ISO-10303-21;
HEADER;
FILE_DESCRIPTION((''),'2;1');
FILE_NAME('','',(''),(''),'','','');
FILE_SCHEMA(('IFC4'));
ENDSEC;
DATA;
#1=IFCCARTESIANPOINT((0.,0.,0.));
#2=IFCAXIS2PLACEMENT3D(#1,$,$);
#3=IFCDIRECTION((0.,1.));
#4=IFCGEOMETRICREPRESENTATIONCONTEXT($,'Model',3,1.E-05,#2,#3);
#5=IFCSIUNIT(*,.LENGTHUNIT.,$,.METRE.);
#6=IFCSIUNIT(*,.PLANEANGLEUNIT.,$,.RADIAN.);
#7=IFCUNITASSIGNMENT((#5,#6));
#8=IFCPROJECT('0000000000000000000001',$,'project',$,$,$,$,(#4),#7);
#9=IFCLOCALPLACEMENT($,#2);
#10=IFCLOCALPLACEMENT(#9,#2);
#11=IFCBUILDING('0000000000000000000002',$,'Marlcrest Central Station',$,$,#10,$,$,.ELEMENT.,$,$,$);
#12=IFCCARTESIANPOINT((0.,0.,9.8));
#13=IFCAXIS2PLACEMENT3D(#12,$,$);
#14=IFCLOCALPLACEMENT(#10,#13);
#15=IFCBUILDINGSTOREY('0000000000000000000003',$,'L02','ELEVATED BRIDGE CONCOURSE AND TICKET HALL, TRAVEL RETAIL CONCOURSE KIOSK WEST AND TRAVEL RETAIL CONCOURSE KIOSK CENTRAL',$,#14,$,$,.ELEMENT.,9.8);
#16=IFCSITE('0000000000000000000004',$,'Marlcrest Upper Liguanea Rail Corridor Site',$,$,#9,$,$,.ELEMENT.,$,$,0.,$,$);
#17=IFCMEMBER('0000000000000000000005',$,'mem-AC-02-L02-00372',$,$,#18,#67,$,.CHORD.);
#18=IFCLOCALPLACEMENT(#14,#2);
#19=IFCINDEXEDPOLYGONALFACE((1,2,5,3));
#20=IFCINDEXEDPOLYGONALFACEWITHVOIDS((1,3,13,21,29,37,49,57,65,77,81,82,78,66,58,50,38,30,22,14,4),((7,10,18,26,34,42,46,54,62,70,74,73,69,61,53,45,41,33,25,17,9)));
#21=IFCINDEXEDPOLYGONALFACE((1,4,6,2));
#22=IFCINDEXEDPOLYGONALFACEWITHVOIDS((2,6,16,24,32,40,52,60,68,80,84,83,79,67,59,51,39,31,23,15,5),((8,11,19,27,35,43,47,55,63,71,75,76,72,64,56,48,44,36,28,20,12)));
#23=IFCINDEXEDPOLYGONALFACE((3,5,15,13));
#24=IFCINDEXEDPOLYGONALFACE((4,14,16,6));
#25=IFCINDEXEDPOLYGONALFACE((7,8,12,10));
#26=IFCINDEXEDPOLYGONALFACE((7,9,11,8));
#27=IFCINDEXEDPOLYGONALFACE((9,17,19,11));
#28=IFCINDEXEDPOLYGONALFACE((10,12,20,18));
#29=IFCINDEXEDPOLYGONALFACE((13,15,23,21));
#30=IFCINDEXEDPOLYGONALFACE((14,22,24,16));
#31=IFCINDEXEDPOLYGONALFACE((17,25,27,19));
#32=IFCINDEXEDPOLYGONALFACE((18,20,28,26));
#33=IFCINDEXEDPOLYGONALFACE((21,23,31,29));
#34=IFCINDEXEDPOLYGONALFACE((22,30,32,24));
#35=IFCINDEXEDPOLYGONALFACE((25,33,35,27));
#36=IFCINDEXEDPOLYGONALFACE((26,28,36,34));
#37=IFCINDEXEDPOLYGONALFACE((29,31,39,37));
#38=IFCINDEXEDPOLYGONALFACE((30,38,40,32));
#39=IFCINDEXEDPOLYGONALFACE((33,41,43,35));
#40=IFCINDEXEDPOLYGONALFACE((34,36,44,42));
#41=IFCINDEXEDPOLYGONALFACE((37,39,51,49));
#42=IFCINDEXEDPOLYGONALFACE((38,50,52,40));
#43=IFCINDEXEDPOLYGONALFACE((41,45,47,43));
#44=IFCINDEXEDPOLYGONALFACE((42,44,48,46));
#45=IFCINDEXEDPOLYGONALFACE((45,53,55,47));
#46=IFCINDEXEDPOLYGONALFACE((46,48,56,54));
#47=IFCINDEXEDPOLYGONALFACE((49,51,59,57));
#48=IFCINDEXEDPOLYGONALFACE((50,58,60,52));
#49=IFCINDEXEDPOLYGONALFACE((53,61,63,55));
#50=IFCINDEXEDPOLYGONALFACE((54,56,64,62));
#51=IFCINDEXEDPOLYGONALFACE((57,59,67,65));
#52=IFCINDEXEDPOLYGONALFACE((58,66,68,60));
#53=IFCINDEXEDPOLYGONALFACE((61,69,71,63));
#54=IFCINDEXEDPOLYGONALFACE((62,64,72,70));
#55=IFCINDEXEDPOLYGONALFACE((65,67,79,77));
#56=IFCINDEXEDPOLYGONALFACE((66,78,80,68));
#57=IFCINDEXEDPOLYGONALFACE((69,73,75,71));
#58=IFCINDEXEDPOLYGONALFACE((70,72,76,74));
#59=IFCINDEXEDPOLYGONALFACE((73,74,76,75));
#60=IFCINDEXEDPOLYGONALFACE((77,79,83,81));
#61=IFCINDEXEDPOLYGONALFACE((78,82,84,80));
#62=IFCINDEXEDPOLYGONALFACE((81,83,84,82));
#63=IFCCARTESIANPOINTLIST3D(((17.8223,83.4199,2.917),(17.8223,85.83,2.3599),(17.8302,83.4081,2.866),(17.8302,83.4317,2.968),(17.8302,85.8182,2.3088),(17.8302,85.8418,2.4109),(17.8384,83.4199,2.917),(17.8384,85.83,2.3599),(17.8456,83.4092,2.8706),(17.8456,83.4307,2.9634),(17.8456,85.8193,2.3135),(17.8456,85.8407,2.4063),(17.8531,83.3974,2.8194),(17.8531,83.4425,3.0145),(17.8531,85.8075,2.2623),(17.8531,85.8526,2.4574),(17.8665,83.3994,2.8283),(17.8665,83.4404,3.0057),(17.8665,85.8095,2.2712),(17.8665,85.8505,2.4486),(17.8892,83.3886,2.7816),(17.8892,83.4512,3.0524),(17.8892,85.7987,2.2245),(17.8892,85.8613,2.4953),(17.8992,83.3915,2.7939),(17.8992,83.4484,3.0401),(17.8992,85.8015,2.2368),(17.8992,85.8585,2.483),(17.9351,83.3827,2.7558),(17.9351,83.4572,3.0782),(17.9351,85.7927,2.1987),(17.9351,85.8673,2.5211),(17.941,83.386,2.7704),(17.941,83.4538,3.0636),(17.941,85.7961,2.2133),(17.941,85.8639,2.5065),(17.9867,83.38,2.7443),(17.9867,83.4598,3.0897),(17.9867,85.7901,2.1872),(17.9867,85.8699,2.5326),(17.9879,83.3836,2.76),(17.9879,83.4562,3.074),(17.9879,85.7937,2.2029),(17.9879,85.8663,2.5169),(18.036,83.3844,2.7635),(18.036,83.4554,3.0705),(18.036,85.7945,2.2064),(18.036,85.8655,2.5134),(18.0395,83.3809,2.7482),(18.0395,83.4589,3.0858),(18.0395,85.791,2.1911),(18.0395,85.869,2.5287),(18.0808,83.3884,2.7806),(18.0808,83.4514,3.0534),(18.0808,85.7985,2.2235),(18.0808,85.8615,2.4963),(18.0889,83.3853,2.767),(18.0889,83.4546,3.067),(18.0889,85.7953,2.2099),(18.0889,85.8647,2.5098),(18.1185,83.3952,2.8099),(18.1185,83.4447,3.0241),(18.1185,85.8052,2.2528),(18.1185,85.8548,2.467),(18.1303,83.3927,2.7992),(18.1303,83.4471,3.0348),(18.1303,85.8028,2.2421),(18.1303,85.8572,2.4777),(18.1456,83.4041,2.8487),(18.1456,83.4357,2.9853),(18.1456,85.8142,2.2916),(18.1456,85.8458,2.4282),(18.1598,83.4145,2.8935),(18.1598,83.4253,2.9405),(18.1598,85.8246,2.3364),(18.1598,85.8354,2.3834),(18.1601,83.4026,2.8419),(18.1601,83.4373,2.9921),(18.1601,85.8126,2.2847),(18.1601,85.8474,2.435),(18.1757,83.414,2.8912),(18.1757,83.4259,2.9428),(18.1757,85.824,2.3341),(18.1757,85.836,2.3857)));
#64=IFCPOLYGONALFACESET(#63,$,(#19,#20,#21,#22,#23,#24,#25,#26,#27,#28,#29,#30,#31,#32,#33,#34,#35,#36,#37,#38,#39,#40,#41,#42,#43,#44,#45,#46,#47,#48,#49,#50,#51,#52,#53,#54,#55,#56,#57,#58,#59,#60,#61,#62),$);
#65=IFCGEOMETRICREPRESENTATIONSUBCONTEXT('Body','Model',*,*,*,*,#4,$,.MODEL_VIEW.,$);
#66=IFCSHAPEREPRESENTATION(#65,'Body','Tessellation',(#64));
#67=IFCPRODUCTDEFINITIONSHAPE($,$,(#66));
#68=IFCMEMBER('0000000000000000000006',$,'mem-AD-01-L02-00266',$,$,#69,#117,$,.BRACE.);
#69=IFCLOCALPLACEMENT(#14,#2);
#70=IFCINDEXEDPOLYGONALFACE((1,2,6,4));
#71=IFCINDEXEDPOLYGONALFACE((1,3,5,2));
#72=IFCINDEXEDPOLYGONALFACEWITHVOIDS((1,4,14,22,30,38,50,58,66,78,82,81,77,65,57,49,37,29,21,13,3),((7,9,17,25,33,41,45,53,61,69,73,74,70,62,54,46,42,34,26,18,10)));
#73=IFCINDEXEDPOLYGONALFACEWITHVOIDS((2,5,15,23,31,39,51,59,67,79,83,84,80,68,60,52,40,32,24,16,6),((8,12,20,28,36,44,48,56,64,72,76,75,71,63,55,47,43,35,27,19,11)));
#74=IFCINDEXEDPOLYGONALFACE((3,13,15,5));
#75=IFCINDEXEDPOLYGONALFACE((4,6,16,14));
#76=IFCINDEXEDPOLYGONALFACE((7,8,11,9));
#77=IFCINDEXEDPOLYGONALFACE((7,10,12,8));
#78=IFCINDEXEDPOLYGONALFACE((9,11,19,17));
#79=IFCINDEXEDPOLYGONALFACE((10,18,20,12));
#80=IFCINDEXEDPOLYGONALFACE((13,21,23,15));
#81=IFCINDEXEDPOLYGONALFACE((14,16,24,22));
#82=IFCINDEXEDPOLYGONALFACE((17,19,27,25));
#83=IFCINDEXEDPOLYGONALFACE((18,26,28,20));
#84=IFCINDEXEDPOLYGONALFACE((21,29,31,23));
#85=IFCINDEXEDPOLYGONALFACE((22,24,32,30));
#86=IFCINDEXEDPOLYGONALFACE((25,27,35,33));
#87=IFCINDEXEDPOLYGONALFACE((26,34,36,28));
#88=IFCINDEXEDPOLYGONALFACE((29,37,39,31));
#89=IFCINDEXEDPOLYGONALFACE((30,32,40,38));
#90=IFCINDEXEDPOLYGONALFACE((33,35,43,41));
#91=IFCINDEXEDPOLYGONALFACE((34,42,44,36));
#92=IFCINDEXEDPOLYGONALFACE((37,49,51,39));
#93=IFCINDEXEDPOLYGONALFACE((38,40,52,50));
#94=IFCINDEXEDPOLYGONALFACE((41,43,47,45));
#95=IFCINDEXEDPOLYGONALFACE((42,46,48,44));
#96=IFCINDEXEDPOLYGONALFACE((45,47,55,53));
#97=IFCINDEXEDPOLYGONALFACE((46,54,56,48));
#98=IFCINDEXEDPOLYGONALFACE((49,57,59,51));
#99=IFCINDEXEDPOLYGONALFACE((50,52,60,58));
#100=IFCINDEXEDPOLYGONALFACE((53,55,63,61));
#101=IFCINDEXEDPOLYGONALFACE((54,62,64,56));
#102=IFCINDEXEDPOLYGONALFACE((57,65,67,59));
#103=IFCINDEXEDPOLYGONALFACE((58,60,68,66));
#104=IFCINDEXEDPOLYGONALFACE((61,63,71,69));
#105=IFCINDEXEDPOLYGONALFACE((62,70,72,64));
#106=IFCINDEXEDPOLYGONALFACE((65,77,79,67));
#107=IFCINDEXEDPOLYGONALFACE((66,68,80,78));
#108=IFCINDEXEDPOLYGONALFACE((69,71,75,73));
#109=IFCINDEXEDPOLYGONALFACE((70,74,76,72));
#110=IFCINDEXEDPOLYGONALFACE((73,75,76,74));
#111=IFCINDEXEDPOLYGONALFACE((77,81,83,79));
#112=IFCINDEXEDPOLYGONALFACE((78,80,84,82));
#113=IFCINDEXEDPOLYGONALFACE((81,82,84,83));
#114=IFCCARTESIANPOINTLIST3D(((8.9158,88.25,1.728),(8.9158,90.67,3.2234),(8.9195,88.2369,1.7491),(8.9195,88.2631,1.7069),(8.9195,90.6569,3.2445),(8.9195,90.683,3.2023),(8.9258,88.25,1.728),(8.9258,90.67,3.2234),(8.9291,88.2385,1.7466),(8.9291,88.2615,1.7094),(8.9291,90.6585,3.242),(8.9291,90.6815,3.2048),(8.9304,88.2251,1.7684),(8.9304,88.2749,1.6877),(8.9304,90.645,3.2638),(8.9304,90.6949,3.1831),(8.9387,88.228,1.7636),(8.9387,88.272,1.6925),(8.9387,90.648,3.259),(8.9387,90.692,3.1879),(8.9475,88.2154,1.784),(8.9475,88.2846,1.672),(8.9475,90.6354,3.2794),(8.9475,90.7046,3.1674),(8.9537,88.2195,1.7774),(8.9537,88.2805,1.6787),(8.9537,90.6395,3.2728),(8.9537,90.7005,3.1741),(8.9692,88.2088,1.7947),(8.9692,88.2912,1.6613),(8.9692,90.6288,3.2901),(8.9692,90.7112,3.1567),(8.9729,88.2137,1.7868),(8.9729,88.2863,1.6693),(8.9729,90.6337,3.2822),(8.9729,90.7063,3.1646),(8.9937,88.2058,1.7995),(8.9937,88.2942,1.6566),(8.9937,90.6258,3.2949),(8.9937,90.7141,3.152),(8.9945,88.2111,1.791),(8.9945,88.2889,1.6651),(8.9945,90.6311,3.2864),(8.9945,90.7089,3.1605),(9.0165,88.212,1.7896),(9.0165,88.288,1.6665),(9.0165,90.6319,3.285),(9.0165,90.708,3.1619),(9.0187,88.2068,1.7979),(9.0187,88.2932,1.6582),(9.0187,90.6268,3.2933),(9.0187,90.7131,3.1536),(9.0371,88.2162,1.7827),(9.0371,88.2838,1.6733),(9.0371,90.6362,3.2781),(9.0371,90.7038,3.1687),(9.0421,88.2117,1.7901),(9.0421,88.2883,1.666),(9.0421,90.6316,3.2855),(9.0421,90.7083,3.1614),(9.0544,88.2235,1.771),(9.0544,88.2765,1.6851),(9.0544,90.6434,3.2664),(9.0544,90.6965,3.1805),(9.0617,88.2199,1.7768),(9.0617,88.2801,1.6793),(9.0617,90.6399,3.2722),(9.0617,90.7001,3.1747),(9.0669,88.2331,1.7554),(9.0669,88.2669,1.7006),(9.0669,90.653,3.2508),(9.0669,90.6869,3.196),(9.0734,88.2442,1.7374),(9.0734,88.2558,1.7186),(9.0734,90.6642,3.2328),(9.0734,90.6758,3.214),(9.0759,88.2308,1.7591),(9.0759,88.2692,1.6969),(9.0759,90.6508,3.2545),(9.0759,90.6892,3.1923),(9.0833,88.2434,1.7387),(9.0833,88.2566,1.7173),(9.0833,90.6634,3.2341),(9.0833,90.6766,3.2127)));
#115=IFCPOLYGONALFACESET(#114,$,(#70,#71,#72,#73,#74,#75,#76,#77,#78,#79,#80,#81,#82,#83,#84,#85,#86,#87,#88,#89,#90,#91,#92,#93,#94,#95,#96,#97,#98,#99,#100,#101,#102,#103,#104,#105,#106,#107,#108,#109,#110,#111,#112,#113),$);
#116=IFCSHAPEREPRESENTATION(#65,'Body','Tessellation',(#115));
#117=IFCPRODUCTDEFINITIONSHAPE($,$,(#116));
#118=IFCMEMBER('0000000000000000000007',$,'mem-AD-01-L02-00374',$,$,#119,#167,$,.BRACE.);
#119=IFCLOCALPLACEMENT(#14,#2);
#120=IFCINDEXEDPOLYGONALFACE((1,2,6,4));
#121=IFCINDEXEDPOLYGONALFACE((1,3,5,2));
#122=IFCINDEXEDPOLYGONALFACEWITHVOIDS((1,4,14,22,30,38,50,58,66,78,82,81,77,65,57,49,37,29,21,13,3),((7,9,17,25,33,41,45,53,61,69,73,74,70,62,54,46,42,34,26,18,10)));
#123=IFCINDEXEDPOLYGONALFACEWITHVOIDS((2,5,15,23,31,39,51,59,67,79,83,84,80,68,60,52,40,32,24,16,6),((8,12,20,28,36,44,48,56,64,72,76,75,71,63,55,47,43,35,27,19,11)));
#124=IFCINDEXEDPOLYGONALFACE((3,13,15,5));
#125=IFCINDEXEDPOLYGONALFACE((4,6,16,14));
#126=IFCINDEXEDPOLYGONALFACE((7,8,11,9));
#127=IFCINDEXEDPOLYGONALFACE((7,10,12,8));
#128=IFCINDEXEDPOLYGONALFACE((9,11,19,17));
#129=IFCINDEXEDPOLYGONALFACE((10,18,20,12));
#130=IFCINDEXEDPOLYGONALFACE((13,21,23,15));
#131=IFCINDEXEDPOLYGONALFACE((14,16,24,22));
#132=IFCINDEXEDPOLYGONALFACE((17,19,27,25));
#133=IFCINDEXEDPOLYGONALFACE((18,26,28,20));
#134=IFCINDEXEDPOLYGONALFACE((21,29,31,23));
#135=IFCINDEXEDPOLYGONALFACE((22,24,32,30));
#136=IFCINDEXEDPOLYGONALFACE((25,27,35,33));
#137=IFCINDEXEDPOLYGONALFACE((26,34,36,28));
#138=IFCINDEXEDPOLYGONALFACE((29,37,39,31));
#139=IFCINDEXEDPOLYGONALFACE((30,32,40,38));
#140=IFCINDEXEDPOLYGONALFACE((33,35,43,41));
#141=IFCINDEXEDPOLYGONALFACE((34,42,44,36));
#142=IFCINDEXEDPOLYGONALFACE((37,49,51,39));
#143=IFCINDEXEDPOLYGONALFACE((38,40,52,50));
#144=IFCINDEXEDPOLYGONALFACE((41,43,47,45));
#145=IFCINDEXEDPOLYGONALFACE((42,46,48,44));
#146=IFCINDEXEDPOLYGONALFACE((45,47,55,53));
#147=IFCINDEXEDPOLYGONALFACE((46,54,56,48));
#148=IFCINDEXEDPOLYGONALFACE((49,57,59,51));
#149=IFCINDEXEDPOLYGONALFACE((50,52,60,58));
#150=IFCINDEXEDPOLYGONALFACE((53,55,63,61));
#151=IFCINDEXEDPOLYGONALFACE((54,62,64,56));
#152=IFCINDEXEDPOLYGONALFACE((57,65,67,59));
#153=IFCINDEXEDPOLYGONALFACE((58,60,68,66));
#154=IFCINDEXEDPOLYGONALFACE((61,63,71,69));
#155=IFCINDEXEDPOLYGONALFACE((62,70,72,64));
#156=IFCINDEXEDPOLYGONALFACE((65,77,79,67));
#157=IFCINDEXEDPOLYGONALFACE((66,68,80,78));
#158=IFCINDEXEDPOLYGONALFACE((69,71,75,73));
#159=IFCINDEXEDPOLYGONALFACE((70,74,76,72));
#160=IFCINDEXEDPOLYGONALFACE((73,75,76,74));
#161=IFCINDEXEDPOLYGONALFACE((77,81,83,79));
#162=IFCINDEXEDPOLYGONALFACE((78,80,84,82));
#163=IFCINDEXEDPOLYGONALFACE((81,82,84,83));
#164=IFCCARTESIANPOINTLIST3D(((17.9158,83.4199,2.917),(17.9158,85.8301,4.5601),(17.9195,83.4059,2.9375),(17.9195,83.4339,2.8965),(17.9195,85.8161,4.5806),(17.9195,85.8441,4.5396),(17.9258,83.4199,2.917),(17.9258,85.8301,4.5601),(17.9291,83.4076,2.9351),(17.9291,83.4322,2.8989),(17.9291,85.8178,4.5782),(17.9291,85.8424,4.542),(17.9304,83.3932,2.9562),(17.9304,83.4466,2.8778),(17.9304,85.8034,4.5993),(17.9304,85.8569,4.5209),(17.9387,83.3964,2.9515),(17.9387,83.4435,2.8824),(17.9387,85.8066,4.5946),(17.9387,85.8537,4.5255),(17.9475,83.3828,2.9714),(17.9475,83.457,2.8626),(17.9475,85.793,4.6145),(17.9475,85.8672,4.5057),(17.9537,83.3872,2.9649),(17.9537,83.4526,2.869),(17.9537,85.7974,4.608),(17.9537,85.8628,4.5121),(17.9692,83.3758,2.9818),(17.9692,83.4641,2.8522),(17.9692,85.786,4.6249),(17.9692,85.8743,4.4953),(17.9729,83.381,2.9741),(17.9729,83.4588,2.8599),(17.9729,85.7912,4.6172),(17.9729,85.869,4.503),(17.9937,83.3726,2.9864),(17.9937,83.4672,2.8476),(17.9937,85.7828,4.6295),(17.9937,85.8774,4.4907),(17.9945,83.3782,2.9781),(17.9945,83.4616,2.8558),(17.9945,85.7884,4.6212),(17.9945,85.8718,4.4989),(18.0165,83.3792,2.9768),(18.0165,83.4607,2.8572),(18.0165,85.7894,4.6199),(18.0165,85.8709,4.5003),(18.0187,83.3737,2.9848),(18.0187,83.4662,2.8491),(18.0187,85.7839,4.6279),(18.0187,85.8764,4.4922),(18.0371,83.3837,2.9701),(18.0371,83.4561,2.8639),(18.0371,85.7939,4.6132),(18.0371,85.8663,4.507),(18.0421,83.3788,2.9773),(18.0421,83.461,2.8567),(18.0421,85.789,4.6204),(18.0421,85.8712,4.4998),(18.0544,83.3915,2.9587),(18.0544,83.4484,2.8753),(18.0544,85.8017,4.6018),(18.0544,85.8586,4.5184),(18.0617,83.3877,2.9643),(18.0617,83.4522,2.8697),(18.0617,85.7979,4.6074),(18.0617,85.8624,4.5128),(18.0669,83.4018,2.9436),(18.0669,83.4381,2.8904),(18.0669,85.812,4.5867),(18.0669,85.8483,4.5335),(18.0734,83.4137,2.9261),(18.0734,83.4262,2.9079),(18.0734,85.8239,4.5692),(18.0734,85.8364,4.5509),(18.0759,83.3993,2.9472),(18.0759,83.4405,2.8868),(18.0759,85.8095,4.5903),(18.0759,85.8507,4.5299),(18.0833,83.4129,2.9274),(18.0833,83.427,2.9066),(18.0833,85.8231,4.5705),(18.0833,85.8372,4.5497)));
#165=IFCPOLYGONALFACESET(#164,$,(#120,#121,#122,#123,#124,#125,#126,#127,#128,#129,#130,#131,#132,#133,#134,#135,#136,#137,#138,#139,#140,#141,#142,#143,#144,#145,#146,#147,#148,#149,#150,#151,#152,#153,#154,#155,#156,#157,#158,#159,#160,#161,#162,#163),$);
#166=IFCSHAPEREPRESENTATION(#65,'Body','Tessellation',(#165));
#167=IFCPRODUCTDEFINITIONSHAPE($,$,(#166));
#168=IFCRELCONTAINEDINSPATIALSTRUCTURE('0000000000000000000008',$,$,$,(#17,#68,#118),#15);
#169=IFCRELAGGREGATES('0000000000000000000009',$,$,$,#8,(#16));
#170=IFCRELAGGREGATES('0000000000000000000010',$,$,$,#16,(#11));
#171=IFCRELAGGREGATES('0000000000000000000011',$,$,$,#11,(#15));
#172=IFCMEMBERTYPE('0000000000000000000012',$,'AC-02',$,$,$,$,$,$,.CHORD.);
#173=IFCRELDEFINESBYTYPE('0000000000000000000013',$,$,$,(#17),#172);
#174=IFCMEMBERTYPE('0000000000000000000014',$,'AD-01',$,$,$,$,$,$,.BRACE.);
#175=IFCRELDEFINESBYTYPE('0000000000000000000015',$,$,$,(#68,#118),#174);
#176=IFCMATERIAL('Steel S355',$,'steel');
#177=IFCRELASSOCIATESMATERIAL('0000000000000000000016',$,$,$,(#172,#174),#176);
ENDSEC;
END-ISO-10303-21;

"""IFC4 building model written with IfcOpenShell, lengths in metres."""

from ifc_helpers import new_model, si_unit, direction, frame, origin, origin_2d, place, context, subcontext, project, spatial, hollow_circle, extrude, material, material_profile, profile_set, type_object, element, save


model = new_model("IFC4")

# Units and contexts
model_context = context("Model", 3, precision=1e-05, world=origin(), true_north=direction((0.0, 1.0)))
body_context = subcontext(model_context, "Body", "Model", "MODEL_VIEW")
ifc_project = project(units=[si_unit("LENGTHUNIT", "METRE"), si_unit("PLANEANGLEUNIT", "RADIAN")], contexts=[model_context])

# Site, building, storey
site_placement = place(None, origin())
site = spatial("IfcSite", under=ifc_project, at=site_placement, Name="Marlcrest Upper Liguanea Rail Corridor Site", CompositionType="ELEMENT", RefElevation=0.0)
building_placement = place(site_placement, origin())
building = spatial("IfcBuilding", under=site, at=building_placement, Name="Marlcrest Central Station", CompositionType="ELEMENT")
storey_placement = place(building_placement, frame((0.0, 0.0, 9.8)))
storey = spatial("IfcBuildingStorey", under=building, at=storey_placement, Name="L02", Description="ELEVATED BRIDGE CONCOURSE AND TICKET HALL, TRAVEL RETAIL CONCOURSE KIOSK WEST AND TRAVEL RETAIL CONCOURSE KIOSK CENTRAL", CompositionType="ELEMENT", Elevation=9.8)

# Members
ifc_material = material(Name="Steel S355", Category="steel")
ifc_material_profile_1 = material_profile(ifc_material, hollow_circle(Radius=0.1777, WallThickness=0.0161, at=origin_2d()), Name="CHS 355.6x16")
ifc_profile_set_1 = profile_set([ifc_material_profile_1], Name="Steel S355")
member_type_1 = type_object("IfcMemberType", Name="AC-02", PredefinedType="CHORD", material=ifc_profile_set_1)
member_1_placement = place(storey_placement, frame((18.0, 83.4199, 2.917), z_axis=(0.0, 0.974308, -0.22522), x_axis=(-1.0, 0.0, 0.0)))
element("IfcMember", 1, at=member_1_placement, inside=storey, type_object=member_type_1, Name="mem-AC-02-L02-00372", PredefinedType="CHORD", context=body_context, shape_type="SweptSolid", body=[
    extrude(hollow_circle(Radius=0.1777, WallThickness=0.0161, at=origin_2d()), origin(), (0.0, 0.0, 1.0), 2.4736),
])
ifc_material_profile_2 = material_profile(ifc_material, hollow_circle(Radius=0.0842, WallThickness=0.01, at=origin_2d()), Name="CHS 168.3x10")
ifc_profile_set_2 = profile_set([ifc_material_profile_2], Name="Steel S355")
member_type_2 = type_object("IfcMemberType", Name="AD-01", PredefinedType="BRACE", material=ifc_profile_set_2)
member_2_placement = place(storey_placement, frame((9.0, 88.25, 1.728), z_axis=(0.0, 0.850687, 0.525672), x_axis=(-1.0, 0.0, 0.0)))
element("IfcMember", 2, at=member_2_placement, inside=storey, type_object=member_type_2, Name="mem-AD-01-L02-00266", PredefinedType="BRACE", context=body_context, shape_type="SweptSolid", body=[
    extrude(hollow_circle(Radius=0.0842, WallThickness=0.01, at=origin_2d()), origin(), (0.0, 0.0, 1.0), 2.8447),
])
member_3_placement = place(storey_placement, frame((18.0, 83.4199, 2.917), z_axis=(0.0, 0.826263, 0.563285), x_axis=(-1.0, 0.0, 0.0)))
element("IfcMember", 3, at=member_3_placement, inside=storey, type_object=member_type_2, Name="mem-AD-01-L02-00374", PredefinedType="BRACE", context=body_context, shape_type="SweptSolid", body=[
    extrude(hollow_circle(Radius=0.0842, WallThickness=0.01, at=origin_2d()), origin(), (0.0, 0.0, 1.0), 2.917),
])

save(model, "model.ifc")
